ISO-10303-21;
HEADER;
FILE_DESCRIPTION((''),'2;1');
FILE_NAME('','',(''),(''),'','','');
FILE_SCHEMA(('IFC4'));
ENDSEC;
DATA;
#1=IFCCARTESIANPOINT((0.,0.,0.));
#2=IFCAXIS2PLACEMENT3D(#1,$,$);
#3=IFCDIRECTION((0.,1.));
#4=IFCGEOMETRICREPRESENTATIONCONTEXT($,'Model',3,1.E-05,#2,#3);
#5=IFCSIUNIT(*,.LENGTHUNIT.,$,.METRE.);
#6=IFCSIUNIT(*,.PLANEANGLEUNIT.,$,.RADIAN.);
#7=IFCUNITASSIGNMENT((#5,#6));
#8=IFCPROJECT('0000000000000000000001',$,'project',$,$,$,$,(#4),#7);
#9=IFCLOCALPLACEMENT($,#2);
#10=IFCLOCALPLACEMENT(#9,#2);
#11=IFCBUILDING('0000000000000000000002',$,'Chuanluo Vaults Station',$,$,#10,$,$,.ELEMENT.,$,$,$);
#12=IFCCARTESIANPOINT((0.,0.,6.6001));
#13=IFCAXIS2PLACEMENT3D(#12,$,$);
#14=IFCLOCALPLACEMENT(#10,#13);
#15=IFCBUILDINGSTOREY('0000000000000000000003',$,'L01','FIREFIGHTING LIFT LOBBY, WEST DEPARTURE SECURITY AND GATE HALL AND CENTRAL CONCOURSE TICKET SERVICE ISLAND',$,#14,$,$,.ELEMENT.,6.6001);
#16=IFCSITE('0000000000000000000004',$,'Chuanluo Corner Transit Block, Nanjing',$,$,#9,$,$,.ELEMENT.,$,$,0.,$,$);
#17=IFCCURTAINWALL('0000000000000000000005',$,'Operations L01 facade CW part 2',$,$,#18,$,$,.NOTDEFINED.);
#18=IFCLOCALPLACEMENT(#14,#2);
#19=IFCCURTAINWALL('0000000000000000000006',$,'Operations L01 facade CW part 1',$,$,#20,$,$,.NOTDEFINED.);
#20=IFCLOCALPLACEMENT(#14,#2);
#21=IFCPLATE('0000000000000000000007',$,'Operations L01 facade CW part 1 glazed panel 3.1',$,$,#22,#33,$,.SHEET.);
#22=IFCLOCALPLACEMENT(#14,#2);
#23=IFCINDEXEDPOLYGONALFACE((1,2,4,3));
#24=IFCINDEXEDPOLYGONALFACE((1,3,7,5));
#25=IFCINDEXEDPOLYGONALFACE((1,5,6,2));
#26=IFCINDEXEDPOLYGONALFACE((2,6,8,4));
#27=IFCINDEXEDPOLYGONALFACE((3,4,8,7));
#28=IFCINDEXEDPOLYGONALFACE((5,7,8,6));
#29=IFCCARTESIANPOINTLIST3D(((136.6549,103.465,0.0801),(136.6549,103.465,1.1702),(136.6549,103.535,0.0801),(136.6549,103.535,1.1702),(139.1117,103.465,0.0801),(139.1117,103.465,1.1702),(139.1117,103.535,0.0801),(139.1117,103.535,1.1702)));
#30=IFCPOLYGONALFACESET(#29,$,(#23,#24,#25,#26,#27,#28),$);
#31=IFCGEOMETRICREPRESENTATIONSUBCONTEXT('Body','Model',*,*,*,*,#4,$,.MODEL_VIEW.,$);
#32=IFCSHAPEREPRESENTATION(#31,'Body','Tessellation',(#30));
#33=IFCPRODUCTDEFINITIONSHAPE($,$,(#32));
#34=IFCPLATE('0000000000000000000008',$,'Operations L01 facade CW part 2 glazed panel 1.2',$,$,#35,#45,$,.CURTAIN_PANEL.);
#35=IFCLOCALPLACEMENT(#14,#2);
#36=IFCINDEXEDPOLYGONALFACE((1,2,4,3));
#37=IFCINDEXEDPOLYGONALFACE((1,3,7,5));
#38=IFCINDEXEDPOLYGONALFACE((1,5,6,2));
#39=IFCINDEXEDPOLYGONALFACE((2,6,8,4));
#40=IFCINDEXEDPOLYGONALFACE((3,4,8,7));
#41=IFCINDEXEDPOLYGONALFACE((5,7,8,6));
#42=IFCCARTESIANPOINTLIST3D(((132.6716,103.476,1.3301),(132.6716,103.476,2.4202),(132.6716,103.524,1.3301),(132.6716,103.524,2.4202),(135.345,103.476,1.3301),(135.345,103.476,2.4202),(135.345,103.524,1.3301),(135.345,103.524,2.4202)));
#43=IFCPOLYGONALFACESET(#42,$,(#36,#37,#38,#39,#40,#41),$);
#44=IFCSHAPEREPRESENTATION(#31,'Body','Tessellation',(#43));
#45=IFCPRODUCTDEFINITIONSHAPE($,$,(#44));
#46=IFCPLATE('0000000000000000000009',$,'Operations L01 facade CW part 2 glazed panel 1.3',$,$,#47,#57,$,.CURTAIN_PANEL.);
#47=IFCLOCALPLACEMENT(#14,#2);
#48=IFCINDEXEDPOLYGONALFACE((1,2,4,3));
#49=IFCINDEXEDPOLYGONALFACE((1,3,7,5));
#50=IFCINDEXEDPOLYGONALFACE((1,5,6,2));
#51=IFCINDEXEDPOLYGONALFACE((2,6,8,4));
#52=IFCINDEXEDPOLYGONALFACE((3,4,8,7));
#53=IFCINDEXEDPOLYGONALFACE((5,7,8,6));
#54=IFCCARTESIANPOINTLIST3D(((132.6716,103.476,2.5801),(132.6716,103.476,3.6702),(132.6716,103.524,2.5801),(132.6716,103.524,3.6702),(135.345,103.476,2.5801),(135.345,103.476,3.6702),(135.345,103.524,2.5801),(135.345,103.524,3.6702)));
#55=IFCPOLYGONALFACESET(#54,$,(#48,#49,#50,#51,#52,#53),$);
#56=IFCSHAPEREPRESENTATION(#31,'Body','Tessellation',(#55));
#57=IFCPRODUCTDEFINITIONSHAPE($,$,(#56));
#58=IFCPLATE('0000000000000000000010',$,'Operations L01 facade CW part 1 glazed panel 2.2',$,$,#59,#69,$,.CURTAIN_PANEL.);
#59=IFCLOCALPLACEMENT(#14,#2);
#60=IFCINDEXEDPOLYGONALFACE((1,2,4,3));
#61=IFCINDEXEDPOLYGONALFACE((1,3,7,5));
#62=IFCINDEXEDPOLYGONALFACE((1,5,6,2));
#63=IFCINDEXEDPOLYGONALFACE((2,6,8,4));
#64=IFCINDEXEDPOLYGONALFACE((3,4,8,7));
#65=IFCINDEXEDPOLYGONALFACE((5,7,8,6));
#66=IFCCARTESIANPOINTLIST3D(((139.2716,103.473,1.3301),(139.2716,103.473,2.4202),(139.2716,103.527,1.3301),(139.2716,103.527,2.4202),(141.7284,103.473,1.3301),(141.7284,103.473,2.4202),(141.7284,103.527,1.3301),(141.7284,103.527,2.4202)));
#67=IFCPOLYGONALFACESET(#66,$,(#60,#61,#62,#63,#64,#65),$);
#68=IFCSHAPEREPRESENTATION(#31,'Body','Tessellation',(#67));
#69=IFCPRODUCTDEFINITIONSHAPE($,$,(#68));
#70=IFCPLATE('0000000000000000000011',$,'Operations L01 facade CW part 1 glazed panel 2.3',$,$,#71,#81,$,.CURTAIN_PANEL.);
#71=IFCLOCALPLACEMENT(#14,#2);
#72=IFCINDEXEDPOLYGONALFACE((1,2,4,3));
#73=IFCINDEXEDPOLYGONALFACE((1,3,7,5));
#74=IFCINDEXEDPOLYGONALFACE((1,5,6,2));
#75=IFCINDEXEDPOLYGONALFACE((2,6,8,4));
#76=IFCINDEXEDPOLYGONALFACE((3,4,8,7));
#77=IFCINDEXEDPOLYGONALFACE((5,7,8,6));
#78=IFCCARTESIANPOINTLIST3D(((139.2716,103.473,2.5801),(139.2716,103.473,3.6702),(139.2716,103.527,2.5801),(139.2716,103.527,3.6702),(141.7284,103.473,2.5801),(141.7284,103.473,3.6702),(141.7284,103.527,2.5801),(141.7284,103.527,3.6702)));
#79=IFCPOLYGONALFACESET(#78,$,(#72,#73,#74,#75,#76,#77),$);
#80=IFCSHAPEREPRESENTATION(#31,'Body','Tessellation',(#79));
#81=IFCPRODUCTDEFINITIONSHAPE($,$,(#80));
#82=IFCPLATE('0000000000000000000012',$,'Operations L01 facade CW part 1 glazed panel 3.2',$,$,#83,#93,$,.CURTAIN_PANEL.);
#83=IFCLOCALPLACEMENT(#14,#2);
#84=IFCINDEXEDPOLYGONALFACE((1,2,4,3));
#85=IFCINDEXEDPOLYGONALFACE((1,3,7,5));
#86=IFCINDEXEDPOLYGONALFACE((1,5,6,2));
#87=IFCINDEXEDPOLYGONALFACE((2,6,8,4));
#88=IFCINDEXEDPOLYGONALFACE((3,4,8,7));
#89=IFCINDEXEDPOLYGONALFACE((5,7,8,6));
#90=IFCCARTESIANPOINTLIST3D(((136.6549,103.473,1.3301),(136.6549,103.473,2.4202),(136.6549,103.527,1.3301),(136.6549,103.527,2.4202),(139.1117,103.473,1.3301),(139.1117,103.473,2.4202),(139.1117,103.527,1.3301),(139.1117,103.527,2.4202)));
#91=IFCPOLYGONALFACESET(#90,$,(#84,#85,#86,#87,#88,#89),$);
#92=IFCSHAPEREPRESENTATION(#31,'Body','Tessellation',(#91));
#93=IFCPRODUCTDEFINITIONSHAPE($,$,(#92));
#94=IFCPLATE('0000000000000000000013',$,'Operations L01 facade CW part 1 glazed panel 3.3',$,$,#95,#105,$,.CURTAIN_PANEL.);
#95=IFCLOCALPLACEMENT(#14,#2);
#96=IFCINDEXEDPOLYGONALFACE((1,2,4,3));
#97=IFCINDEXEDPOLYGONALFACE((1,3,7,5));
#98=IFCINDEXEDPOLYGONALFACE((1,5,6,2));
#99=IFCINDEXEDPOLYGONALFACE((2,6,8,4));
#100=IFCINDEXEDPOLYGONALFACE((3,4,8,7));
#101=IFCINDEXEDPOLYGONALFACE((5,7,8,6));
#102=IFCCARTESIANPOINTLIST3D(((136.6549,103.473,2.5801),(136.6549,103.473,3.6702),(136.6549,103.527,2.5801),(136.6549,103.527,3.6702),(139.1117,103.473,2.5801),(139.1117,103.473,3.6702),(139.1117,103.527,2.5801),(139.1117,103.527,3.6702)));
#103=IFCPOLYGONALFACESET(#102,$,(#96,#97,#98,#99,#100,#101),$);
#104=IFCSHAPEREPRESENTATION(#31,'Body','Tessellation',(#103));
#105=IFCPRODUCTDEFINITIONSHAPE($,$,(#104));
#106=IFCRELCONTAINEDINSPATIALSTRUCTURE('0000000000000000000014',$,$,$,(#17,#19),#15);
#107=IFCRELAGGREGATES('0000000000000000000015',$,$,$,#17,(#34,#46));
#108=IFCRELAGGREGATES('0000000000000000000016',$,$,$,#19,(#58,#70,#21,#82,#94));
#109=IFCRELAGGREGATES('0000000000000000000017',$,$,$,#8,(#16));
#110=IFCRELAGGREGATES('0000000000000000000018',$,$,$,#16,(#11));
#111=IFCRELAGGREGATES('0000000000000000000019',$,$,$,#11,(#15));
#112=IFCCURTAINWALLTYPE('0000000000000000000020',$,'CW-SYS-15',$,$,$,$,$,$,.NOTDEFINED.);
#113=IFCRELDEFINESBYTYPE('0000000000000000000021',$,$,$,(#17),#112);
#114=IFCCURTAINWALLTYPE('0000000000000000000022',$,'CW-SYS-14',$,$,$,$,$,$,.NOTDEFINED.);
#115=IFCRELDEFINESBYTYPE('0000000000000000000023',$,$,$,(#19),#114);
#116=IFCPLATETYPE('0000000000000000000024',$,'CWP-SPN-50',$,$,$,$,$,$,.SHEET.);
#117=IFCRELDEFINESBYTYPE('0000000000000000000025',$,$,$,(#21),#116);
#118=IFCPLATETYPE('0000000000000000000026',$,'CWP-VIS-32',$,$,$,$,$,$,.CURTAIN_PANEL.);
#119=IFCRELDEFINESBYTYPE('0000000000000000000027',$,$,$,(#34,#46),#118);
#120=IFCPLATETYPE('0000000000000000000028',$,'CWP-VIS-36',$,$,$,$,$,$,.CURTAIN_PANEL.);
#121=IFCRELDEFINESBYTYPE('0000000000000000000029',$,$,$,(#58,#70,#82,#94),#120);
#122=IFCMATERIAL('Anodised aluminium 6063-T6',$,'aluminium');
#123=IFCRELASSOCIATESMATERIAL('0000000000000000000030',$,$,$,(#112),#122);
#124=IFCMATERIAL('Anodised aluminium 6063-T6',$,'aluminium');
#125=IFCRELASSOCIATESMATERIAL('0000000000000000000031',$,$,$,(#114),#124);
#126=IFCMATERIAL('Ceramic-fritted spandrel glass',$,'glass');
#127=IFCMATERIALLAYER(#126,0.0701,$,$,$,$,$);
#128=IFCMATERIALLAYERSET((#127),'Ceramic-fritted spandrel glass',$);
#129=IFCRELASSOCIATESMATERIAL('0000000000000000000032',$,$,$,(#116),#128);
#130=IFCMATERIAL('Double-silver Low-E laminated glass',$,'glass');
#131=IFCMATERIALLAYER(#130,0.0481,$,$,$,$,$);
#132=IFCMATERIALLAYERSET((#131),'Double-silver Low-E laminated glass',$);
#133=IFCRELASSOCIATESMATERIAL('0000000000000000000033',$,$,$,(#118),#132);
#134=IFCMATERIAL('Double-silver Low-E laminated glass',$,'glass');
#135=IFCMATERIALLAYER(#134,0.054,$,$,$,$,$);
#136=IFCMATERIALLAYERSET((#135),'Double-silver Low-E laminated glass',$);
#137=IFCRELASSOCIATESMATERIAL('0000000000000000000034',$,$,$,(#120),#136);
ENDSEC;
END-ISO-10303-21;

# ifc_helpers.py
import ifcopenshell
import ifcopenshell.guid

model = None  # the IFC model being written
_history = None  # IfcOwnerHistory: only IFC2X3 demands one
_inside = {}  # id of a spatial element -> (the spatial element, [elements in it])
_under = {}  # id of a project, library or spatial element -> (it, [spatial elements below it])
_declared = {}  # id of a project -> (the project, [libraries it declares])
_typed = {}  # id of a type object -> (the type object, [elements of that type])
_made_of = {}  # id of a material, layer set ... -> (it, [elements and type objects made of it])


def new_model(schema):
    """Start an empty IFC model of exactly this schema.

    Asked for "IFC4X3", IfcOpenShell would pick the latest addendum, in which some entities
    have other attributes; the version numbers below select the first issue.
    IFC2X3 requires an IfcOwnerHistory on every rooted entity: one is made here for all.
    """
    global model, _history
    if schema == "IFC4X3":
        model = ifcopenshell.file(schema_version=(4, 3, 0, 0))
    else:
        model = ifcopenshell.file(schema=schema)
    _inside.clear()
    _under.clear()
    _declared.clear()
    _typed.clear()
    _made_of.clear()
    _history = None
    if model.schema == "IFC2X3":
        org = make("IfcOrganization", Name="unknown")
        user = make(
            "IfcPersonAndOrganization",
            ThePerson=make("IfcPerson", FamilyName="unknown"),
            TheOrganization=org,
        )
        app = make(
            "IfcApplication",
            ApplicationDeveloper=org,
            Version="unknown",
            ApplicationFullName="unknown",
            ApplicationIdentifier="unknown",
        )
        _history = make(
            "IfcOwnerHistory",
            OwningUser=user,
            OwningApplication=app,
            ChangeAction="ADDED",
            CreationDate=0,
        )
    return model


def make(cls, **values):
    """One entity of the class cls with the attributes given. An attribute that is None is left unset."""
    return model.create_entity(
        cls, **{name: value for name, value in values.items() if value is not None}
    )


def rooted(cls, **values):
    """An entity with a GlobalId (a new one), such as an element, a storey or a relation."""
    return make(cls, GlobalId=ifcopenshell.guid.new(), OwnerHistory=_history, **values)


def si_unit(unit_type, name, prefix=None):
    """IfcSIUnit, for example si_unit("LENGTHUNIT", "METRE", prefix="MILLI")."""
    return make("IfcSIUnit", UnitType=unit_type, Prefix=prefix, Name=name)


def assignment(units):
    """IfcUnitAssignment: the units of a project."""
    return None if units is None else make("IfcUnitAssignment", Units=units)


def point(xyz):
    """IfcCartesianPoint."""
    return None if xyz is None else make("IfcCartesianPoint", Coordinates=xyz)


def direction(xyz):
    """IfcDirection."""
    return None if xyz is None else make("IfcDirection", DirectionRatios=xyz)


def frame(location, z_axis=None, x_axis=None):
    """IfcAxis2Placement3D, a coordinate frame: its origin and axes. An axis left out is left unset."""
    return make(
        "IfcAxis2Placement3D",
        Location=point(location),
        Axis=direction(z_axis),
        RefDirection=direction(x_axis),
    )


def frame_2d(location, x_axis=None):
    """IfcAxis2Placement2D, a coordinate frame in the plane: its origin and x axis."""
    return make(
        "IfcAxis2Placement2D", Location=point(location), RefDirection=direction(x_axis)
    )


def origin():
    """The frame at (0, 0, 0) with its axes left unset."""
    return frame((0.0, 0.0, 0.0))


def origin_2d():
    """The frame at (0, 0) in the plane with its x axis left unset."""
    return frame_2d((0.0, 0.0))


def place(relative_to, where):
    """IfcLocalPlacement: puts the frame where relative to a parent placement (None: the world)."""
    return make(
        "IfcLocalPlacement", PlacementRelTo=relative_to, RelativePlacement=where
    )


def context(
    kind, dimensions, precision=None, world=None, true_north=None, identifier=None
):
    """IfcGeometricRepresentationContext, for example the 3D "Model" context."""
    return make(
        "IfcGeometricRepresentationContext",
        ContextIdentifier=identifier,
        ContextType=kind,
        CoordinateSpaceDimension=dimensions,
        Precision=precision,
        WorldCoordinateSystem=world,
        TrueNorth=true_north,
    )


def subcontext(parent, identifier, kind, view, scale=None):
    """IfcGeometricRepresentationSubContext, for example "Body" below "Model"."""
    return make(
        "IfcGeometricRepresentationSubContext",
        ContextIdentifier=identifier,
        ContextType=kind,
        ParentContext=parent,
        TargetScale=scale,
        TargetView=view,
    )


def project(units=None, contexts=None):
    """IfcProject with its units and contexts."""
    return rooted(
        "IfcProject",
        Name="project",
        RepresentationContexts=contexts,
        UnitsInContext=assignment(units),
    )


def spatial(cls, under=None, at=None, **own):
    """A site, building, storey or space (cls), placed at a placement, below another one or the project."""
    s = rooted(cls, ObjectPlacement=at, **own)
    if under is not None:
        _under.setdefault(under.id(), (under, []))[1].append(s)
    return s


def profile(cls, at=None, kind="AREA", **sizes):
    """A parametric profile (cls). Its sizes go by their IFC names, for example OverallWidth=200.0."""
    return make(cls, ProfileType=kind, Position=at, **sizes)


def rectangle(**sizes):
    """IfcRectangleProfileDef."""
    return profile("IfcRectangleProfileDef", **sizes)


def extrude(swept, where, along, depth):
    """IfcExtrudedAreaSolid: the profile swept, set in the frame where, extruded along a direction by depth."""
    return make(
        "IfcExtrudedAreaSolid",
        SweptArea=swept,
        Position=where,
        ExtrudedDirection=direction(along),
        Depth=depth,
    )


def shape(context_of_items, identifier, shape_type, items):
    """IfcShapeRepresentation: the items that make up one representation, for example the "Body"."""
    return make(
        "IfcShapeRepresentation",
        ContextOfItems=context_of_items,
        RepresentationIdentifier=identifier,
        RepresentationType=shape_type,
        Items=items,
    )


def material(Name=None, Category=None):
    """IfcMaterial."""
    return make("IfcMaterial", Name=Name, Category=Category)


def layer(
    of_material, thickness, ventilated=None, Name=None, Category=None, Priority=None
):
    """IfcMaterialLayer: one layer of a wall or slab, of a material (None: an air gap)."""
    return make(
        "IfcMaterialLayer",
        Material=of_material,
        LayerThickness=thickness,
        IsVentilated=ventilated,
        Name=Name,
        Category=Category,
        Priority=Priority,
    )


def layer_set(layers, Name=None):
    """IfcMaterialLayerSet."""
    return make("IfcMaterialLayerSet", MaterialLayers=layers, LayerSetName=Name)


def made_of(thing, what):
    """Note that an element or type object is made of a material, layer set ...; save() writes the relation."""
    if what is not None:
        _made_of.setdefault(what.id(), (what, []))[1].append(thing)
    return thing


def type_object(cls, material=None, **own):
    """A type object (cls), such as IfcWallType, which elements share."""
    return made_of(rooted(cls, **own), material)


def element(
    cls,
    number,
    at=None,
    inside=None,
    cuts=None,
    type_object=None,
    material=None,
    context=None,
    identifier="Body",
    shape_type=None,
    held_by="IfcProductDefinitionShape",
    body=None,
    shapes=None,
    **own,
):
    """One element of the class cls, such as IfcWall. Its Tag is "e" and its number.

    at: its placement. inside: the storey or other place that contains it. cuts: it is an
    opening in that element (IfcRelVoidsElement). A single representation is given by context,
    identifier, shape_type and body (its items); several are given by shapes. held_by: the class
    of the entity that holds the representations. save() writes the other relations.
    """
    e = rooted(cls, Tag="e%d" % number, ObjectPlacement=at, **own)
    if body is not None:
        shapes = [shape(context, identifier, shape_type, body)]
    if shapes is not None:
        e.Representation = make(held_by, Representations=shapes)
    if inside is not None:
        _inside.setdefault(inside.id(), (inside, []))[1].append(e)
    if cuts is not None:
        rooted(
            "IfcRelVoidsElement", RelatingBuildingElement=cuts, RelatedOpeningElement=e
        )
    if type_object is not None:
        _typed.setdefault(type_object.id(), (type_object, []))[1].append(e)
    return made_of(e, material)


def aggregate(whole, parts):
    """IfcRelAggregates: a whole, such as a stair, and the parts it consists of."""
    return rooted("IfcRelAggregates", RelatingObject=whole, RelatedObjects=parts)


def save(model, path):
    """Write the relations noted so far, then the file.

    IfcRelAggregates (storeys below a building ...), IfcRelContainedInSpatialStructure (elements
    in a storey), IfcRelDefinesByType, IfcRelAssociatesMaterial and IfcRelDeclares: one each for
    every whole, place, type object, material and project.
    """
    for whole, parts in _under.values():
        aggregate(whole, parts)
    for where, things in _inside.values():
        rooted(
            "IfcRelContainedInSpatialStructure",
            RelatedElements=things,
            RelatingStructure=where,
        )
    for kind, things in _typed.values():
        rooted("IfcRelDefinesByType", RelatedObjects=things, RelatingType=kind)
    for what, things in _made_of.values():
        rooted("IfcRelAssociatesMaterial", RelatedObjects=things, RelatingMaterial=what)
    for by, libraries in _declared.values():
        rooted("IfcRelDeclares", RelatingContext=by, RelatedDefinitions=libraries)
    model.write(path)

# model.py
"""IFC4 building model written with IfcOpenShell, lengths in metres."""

from ifc_helpers import new_model, si_unit, direction, frame, origin, origin_2d, place, context, subcontext, project, spatial, rectangle, extrude, material, layer, layer_set, type_object, element, aggregate, save


model = new_model("IFC4")

# Units and contexts
model_context = context("Model", 3, precision=1e-05, world=origin(), true_north=direction((0.0, 1.0)))
body_context = subcontext(model_context, "Body", "Model", "MODEL_VIEW")
ifc_project = project(units=[si_unit("LENGTHUNIT", "METRE"), si_unit("PLANEANGLEUNIT", "RADIAN")], contexts=[model_context])

# Site, building, storey
site_placement = place(None, origin())
site = spatial("IfcSite", under=ifc_project, at=site_placement, Name="Chuanluo Corner Transit Block, Nanjing", CompositionType="ELEMENT", RefElevation=0.0)
building_placement = place(site_placement, origin())
building = spatial("IfcBuilding", under=site, at=building_placement, Name="Chuanluo Vaults Station", CompositionType="ELEMENT")
storey_placement = place(building_placement, frame((0.0, 0.0, 6.6001)))
storey = spatial("IfcBuildingStorey", under=building, at=storey_placement, Name="L01", Description="FIREFIGHTING LIFT LOBBY, WEST DEPARTURE SECURITY AND GATE HALL AND CENTRAL CONCOURSE TICKET SERVICE ISLAND", CompositionType="ELEMENT", Elevation=6.6001)

# Curtain wall
ifc_material_1 = material(Name="Anodised aluminium 6063-T6", Category="aluminium")
curtain_wall_type_1 = type_object("IfcCurtainWallType", Name="CW-SYS-15", PredefinedType="NOTDEFINED", material=ifc_material_1)
curtain_wall_1_placement = place(storey_placement, origin())
curtain_wall_1 = element("IfcCurtainWall", 1, at=curtain_wall_1_placement, inside=storey, type_object=curtain_wall_type_1, Name="Operations L01 facade CW part 2", PredefinedType="NOTDEFINED")

# Curtain wall
ifc_material_2 = material(Name="Anodised aluminium 6063-T6", Category="aluminium")
curtain_wall_type_2 = type_object("IfcCurtainWallType", Name="CW-SYS-14", PredefinedType="NOTDEFINED", material=ifc_material_2)
curtain_wall_2_placement = place(storey_placement, origin())
curtain_wall_2 = element("IfcCurtainWall", 2, at=curtain_wall_2_placement, inside=storey, type_object=curtain_wall_type_2, Name="Operations L01 facade CW part 1", PredefinedType="NOTDEFINED")

# Plates
ifc_material_3 = material(Name="Ceramic-fritted spandrel glass", Category="glass")
ifc_layer_1 = layer(ifc_material_3, 0.0701)
ifc_layer_set_1 = layer_set([ifc_layer_1], Name="Ceramic-fritted spandrel glass")
plate_type_1 = type_object("IfcPlateType", Name="CWP-SPN-50", PredefinedType="SHEET", material=ifc_layer_set_1)
plate_1_placement = place(storey_placement, frame((137.8833, 103.5, 0.0801), z_axis=(0.0, 0.0, 1.0), x_axis=(-1.0, 0.0, 0.0)))
plate_1 = element("IfcPlate", 3, at=plate_1_placement, type_object=plate_type_1, Name="Operations L01 facade CW part 1 glazed panel 3.1", PredefinedType="SHEET", context=body_context, shape_type="SweptSolid", body=[
    extrude(rectangle(XDim=2.4568, YDim=0.0701, at=origin_2d()), origin(), (0.0, 0.0, 1.0), 1.0901),
])
ifc_material_4 = material(Name="Double-silver Low-E laminated glass", Category="glass")
ifc_layer_2 = layer(ifc_material_4, 0.0481)
ifc_layer_set_2 = layer_set([ifc_layer_2], Name="Double-silver Low-E laminated glass")
plate_type_2 = type_object("IfcPlateType", Name="CWP-VIS-32", PredefinedType="CURTAIN_PANEL", material=ifc_layer_set_2)
plate_2_placement = place(storey_placement, frame((134.0083, 103.5, 1.3301), z_axis=(0.0, 0.0, 1.0), x_axis=(-1.0, 0.0, 0.0)))
plate_2 = element("IfcPlate", 4, at=plate_2_placement, type_object=plate_type_2, Name="Operations L01 facade CW part 2 glazed panel 1.2", PredefinedType="CURTAIN_PANEL", context=body_context, shape_type="SweptSolid", body=[
    extrude(rectangle(XDim=2.6733, YDim=0.0481, at=origin_2d()), origin(), (0.0, 0.0, 1.0), 1.0901),
])
plate_3_placement = place(storey_placement, frame((134.0083, 103.5, 2.5801), z_axis=(0.0, 0.0, 1.0), x_axis=(-1.0, 0.0, 0.0)))
plate_3 = element("IfcPlate", 5, at=plate_3_placement, type_object=plate_type_2, Name="Operations L01 facade CW part 2 glazed panel 1.3", PredefinedType="CURTAIN_PANEL", context=body_context, shape_type="SweptSolid", body=[
    extrude(rectangle(XDim=2.6733, YDim=0.0481, at=origin_2d()), origin(), (0.0, 0.0, 1.0), 1.0901),
])
aggregate(curtain_wall_1, [plate_2, plate_3])
ifc_material_5 = material(Name="Double-silver Low-E laminated glass", Category="glass")
ifc_layer_3 = layer(ifc_material_5, 0.054)
ifc_layer_set_3 = layer_set([ifc_layer_3], Name="Double-silver Low-E laminated glass")
plate_type_3 = type_object("IfcPlateType", Name="CWP-VIS-36", PredefinedType="CURTAIN_PANEL", material=ifc_layer_set_3)
plate_4_placement = place(storey_placement, frame((140.5, 103.5, 1.3301), z_axis=(0.0, 0.0, 1.0), x_axis=(-1.0, 0.0, 0.0)))
plate_4 = element("IfcPlate", 6, at=plate_4_placement, type_object=plate_type_3, Name="Operations L01 facade CW part 1 glazed panel 2.2", PredefinedType="CURTAIN_PANEL", context=body_context, shape_type="SweptSolid", body=[
    extrude(rectangle(XDim=2.4568, YDim=0.054, at=origin_2d()), origin(), (0.0, 0.0, 1.0), 1.0901),
])
plate_5_placement = place(storey_placement, frame((140.5, 103.5, 2.5801), z_axis=(0.0, 0.0, 1.0), x_axis=(-1.0, 0.0, 0.0)))
plate_5 = element("IfcPlate", 7, at=plate_5_placement, type_object=plate_type_3, Name="Operations L01 facade CW part 1 glazed panel 2.3", PredefinedType="CURTAIN_PANEL", context=body_context, shape_type="SweptSolid", body=[
    extrude(rectangle(XDim=2.4568, YDim=0.054, at=origin_2d()), origin(), (0.0, 0.0, 1.0), 1.0901),
])
plate_6_placement = place(storey_placement, frame((137.8833, 103.5, 1.3301), z_axis=(0.0, 0.0, 1.0), x_axis=(-1.0, 0.0, 0.0)))
plate_6 = element("IfcPlate", 8, at=plate_6_placement, type_object=plate_type_3, Name="Operations L01 facade CW part 1 glazed panel 3.2", PredefinedType="CURTAIN_PANEL", context=body_context, shape_type="SweptSolid", body=[
    extrude(rectangle(XDim=2.4568, YDim=0.054, at=origin_2d()), origin(), (0.0, 0.0, 1.0), 1.0901),
])
plate_7_placement = place(storey_placement, frame((137.8833, 103.5, 2.5801), z_axis=(0.0, 0.0, 1.0), x_axis=(-1.0, 0.0, 0.0)))
plate_7 = element("IfcPlate", 9, at=plate_7_placement, type_object=plate_type_3, Name="Operations L01 facade CW part 1 glazed panel 3.3", PredefinedType="CURTAIN_PANEL", context=body_context, shape_type="SweptSolid", body=[
    extrude(rectangle(XDim=2.4568, YDim=0.054, at=origin_2d()), origin(), (0.0, 0.0, 1.0), 1.0901),
])
aggregate(curtain_wall_2, [plate_4, plate_5, plate_1, plate_6, plate_7])

save(model, "model.ifc")
